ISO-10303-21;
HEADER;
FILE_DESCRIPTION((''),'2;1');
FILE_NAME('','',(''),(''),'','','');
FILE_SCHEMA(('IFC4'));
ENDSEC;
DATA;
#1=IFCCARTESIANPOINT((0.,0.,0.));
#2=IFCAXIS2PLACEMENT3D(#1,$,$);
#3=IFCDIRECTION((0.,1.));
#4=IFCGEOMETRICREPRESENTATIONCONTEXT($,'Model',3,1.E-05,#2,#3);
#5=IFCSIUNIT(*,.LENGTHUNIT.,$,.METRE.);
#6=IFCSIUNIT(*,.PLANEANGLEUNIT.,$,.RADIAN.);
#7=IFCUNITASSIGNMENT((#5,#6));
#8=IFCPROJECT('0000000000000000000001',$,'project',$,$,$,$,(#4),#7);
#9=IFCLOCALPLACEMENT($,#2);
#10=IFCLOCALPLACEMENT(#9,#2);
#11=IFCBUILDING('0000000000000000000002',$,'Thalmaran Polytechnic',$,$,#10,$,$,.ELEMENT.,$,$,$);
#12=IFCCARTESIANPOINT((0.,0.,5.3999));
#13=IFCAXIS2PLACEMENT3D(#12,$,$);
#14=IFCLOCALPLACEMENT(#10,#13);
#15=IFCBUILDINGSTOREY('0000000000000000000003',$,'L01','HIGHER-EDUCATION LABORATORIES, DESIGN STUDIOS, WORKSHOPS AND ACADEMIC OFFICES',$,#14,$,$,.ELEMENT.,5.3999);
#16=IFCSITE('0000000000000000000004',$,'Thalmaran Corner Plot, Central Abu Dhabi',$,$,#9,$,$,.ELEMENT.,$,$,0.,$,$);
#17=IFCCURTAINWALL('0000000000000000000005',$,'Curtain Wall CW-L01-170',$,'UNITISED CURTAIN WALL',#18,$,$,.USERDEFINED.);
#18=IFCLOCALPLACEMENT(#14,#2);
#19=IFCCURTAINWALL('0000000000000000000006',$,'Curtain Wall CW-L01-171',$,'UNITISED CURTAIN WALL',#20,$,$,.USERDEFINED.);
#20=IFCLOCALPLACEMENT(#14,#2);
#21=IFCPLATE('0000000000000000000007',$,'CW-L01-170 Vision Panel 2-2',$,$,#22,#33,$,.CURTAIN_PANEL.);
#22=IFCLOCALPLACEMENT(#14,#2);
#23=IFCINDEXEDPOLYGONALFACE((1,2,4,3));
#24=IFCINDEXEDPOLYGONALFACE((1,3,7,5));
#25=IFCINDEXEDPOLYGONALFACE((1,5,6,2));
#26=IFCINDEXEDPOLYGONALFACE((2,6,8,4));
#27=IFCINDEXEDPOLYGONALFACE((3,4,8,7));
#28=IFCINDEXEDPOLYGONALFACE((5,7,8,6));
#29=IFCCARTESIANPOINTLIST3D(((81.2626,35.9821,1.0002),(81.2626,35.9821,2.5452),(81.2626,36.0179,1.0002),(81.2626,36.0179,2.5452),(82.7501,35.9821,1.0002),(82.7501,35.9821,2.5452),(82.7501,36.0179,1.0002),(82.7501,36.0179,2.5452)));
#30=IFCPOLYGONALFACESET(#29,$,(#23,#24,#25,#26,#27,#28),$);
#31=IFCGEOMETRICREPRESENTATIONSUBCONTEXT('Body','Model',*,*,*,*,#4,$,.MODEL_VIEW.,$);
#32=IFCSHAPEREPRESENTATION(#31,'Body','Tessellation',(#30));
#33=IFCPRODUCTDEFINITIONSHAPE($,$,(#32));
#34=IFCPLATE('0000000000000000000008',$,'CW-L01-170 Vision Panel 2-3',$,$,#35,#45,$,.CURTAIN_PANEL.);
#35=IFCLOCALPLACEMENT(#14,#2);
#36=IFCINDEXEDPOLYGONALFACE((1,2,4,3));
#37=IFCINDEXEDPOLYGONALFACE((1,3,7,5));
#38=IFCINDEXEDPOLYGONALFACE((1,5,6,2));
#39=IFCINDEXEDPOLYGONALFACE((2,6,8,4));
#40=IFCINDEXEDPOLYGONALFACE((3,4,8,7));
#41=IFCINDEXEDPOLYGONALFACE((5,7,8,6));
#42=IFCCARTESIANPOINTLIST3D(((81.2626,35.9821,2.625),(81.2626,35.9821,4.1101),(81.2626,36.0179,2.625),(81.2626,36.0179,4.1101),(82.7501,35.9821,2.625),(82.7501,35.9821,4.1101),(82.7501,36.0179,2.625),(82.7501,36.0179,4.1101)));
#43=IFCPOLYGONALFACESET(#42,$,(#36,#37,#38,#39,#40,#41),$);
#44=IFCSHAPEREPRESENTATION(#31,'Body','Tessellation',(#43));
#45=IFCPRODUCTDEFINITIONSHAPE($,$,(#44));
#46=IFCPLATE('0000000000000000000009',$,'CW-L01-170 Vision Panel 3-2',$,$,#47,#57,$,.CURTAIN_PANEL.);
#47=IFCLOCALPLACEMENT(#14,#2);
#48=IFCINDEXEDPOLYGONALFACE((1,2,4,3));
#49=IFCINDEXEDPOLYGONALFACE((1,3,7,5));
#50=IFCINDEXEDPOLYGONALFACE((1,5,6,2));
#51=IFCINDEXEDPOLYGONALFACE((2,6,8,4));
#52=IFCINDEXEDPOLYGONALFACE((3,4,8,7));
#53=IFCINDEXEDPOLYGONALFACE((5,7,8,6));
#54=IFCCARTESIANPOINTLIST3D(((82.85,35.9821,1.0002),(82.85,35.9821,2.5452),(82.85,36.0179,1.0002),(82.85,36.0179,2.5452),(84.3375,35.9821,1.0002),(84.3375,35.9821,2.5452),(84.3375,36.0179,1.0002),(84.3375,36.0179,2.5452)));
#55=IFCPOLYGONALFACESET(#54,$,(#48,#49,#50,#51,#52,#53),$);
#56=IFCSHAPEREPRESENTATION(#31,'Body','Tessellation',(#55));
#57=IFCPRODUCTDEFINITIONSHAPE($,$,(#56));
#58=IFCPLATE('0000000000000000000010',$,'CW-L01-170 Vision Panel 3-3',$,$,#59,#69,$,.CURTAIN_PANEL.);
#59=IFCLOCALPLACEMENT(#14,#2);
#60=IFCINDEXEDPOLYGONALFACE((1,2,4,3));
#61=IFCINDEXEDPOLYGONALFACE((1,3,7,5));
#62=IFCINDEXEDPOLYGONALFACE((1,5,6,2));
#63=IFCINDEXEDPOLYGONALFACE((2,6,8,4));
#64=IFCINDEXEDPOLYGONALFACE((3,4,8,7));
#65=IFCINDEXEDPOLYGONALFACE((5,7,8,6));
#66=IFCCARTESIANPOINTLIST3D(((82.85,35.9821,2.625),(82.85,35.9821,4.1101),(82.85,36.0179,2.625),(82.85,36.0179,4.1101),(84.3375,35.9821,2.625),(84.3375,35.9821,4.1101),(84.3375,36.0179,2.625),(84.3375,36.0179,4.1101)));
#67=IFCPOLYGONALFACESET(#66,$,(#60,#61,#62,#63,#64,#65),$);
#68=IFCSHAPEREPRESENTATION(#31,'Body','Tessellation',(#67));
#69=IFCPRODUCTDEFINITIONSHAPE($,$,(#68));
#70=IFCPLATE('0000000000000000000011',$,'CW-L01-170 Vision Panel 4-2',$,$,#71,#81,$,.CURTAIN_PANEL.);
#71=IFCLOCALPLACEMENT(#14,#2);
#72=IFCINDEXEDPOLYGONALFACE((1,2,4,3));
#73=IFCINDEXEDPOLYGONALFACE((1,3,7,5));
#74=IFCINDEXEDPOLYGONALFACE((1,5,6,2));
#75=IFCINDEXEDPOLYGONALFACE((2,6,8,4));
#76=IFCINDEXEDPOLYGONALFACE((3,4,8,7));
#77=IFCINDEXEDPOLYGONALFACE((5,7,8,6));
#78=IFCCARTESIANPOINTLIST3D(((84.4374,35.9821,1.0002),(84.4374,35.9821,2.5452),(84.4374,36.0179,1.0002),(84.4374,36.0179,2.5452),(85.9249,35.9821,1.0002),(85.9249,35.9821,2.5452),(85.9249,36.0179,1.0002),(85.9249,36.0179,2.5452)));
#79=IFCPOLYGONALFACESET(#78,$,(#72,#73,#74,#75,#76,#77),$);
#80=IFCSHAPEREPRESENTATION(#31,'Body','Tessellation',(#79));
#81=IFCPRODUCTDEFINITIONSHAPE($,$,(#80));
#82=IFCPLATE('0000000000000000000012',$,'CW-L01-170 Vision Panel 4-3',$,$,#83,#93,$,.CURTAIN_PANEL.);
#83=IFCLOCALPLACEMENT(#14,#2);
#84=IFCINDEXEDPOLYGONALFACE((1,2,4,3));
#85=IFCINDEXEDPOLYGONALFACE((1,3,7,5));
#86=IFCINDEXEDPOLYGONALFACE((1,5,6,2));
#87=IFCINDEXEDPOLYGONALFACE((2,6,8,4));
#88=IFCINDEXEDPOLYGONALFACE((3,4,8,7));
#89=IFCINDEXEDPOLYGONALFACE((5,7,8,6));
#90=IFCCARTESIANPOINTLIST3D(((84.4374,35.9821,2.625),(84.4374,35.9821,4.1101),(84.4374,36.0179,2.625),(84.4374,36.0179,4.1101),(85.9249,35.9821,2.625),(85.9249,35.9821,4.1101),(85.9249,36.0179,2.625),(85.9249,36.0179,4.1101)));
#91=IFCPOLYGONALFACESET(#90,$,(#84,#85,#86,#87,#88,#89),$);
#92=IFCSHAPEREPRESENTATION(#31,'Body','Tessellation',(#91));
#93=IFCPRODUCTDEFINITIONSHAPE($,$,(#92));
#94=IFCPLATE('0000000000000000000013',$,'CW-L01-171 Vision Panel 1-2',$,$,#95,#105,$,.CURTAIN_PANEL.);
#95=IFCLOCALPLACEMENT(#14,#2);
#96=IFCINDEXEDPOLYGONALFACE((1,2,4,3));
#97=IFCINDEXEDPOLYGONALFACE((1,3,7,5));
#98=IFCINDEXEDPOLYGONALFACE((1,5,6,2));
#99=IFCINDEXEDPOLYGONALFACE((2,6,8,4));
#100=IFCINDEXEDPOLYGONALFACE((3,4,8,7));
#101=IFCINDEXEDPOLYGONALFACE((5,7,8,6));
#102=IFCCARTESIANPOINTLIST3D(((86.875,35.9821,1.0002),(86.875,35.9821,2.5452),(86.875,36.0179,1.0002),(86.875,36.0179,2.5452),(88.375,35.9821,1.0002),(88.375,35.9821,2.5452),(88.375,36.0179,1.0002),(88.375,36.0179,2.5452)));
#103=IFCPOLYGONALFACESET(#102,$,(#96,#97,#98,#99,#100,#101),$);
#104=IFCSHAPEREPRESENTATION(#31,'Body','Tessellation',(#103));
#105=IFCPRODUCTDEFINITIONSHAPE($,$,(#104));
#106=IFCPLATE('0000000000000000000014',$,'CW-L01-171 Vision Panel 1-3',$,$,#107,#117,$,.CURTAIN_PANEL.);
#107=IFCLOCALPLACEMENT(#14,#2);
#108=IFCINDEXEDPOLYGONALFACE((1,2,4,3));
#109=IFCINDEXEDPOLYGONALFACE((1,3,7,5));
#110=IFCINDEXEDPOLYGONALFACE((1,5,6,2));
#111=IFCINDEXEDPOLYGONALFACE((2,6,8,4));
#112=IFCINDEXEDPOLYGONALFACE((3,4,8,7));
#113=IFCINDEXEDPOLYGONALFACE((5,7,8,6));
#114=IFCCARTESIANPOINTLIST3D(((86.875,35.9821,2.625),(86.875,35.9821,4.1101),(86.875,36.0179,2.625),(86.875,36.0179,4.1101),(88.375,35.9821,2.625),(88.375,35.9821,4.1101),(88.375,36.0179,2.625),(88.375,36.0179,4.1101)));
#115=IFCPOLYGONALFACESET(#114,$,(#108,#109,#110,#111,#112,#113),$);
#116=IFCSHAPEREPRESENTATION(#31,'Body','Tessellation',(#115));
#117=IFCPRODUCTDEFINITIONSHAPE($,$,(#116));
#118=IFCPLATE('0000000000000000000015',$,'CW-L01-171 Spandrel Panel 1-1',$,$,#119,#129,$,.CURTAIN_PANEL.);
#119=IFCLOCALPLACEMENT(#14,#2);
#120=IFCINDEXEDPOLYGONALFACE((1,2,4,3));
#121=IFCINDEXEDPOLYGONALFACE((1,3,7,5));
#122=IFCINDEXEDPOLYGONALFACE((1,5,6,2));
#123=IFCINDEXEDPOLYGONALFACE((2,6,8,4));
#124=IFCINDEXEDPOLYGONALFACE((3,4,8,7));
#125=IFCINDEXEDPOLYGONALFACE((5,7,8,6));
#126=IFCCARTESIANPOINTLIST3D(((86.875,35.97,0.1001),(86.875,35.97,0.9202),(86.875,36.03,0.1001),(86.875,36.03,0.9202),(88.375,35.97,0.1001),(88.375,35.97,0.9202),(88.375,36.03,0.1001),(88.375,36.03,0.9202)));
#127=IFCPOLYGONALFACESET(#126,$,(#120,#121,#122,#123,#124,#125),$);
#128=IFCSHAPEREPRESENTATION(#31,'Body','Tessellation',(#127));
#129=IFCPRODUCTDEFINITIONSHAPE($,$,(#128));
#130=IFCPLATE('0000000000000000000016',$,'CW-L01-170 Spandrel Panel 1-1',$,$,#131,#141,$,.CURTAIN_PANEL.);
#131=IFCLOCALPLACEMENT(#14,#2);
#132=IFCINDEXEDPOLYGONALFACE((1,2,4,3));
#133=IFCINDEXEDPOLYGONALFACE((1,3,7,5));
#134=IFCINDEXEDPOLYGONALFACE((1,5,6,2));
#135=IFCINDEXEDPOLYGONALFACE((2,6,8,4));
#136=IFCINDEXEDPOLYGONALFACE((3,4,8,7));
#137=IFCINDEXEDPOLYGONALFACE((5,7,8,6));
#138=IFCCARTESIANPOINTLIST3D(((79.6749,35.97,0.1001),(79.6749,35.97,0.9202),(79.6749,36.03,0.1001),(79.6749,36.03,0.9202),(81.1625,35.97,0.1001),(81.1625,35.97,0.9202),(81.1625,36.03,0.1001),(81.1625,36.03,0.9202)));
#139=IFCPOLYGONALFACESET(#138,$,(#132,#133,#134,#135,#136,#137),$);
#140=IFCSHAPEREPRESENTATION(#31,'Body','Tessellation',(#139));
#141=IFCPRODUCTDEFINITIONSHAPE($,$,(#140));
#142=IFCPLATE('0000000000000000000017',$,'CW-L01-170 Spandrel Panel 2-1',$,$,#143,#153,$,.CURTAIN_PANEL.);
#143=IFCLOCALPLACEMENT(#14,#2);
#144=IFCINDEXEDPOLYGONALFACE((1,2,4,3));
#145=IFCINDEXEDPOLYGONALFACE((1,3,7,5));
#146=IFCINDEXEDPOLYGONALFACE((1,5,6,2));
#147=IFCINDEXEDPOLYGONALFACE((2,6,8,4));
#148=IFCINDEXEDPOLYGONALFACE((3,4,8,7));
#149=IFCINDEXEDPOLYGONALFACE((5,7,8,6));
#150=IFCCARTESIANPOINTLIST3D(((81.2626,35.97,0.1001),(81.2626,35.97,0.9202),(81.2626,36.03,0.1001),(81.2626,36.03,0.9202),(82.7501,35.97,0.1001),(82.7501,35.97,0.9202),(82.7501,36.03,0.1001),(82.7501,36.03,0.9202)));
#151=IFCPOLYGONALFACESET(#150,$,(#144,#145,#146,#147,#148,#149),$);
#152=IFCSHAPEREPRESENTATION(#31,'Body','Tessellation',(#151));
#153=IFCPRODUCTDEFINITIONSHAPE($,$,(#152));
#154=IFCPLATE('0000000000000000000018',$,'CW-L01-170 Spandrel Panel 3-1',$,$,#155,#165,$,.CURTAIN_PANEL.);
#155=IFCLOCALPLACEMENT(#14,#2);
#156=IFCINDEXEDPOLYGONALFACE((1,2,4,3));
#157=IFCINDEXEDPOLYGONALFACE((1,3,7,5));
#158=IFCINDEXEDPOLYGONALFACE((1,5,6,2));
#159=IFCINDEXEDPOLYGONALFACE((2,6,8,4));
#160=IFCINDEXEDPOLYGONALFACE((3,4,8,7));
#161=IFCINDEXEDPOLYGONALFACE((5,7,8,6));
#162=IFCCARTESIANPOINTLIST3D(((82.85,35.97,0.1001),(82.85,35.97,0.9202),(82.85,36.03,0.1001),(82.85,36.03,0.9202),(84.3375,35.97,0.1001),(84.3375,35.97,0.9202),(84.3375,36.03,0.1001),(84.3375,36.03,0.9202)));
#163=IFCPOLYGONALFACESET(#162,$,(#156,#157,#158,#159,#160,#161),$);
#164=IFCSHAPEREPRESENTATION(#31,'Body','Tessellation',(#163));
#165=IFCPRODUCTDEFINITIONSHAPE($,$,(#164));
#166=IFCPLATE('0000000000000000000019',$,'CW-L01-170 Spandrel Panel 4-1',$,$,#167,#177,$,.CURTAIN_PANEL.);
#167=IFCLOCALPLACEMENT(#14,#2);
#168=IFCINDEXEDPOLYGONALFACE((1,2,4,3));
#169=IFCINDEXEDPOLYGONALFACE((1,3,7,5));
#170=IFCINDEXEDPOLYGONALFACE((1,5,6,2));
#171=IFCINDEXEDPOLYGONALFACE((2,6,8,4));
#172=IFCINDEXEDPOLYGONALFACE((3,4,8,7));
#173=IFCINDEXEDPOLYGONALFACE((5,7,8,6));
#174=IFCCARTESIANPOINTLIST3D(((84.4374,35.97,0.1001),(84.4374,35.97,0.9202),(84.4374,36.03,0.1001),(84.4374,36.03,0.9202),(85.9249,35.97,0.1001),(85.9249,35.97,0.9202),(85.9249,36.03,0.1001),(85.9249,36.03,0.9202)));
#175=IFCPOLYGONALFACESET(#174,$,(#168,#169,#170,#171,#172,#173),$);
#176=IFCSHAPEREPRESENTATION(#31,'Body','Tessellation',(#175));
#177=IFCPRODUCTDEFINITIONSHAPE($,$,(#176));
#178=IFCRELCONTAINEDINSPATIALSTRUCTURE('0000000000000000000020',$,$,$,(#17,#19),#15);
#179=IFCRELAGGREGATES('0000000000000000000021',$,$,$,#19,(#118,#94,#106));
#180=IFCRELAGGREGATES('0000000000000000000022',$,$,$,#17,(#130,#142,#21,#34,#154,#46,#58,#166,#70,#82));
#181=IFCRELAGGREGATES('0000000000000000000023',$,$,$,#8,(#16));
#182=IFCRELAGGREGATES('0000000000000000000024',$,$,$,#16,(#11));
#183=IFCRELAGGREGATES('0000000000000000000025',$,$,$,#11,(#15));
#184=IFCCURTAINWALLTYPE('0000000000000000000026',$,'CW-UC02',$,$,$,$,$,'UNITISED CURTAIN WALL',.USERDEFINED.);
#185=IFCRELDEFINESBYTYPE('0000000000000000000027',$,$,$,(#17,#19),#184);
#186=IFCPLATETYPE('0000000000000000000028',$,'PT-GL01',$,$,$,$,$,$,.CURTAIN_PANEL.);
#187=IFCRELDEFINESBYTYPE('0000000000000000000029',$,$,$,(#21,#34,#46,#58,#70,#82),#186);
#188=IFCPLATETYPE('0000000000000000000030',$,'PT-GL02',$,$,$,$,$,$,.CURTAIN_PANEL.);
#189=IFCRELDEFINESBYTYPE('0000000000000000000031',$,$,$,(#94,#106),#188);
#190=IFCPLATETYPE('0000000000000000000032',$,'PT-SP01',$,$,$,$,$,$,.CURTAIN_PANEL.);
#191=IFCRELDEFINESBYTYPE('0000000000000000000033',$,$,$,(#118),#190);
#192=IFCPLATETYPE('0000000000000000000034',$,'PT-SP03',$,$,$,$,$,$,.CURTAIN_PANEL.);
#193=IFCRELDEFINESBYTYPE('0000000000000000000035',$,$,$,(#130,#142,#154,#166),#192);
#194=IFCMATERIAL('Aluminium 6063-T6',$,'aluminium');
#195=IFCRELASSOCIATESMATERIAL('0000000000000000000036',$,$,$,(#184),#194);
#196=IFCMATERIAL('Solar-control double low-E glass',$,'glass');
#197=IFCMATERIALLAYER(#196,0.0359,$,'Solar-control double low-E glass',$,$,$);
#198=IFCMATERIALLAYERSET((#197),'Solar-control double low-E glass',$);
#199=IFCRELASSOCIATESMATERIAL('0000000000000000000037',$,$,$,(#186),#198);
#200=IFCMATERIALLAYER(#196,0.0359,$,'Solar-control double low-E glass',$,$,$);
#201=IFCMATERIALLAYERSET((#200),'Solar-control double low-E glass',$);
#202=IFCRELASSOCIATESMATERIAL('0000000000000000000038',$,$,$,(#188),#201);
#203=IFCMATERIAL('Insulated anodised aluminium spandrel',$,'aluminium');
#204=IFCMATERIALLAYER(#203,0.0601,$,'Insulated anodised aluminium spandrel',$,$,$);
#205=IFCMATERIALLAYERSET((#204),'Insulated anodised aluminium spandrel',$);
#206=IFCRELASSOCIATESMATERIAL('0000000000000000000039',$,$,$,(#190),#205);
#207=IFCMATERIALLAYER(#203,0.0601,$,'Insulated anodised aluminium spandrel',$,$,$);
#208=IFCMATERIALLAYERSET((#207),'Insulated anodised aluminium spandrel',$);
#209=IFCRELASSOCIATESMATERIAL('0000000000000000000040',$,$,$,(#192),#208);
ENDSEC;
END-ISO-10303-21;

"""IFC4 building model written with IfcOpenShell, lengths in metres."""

from ifc_helpers import new_model, si_unit, direction, frame, origin, origin_2d, place, context, subcontext, project, spatial, rectangle, extrude, material, layer, layer_set, type_object, element, aggregate, save


model = new_model("IFC4")

# Units and contexts
model_context = context("Model", 3, precision=1e-05, world=origin(), true_north=direction((0.0, 1.0)))
body_context = subcontext(model_context, "Body", "Model", "MODEL_VIEW")
ifc_project = project(units=[si_unit("LENGTHUNIT", "METRE"), si_unit("PLANEANGLEUNIT", "RADIAN")], contexts=[model_context])

# Site, building, storey
site_placement = place(None, origin())
site = spatial("IfcSite", under=ifc_project, at=site_placement, Name="Thalmaran Corner Plot, Central Abu Dhabi", CompositionType="ELEMENT", RefElevation=0.0)
building_placement = place(site_placement, origin())
building = spatial("IfcBuilding", under=site, at=building_placement, Name="Thalmaran Polytechnic", CompositionType="ELEMENT")
storey_placement = place(building_placement, frame((0.0, 0.0, 5.3999)))
storey = spatial("IfcBuildingStorey", under=building, at=storey_placement, Name="L01", Description="HIGHER-EDUCATION LABORATORIES, DESIGN STUDIOS, WORKSHOPS AND ACADEMIC OFFICES", CompositionType="ELEMENT", Elevation=5.3999)

# Curtain walls
ifc_material_1 = material(Name="Aluminium 6063-T6", Category="aluminium")
curtain_wall_type = type_object("IfcCurtainWallType", Name="CW-UC02", ElementType="UNITISED CURTAIN WALL", PredefinedType="USERDEFINED", material=ifc_material_1)
curtain_wall_1_placement = place(storey_placement, origin())
curtain_wall_1 = element("IfcCurtainWall", 1, at=curtain_wall_1_placement, inside=storey, type_object=curtain_wall_type, Name="Curtain Wall CW-L01-170", ObjectType="UNITISED CURTAIN WALL", PredefinedType="USERDEFINED")
curtain_wall_2_placement = place(storey_placement, origin())
curtain_wall_2 = element("IfcCurtainWall", 2, at=curtain_wall_2_placement, inside=storey, type_object=curtain_wall_type, Name="Curtain Wall CW-L01-171", ObjectType="UNITISED CURTAIN WALL", PredefinedType="USERDEFINED")

# Plates
ifc_material_2 = material(Name="Solar-control double low-E glass", Category="glass")
ifc_layer_1 = layer(ifc_material_2, 0.0359, Name="Solar-control double low-E glass")
ifc_layer_set_1 = layer_set([ifc_layer_1], Name="Solar-control double low-E glass")
plate_type_1 = type_object("IfcPlateType", Name="PT-GL01", PredefinedType="CURTAIN_PANEL", material=ifc_layer_set_1)
plate_1_placement = place(storey_placement, frame((82.0063, 36.0, 1.0002), z_axis=(0.0, 0.0, 1.0), x_axis=(1.0, 0.0, 0.0)))
plate_1 = element("IfcPlate", 3, at=plate_1_placement, type_object=plate_type_1, Name="CW-L01-170 Vision Panel 2-2", PredefinedType="CURTAIN_PANEL", context=body_context, shape_type="SweptSolid", body=[
    extrude(rectangle(XDim=1.4875, YDim=0.0359, at=origin_2d()), origin(), (0.0, 0.0, 1.0), 1.5449),
])
plate_2_placement = place(storey_placement, frame((82.0063, 36.0, 2.625), z_axis=(0.0, 0.0, 1.0), x_axis=(1.0, 0.0, 0.0)))
plate_2 = element("IfcPlate", 4, at=plate_2_placement, type_object=plate_type_1, Name="CW-L01-170 Vision Panel 2-3", PredefinedType="CURTAIN_PANEL", context=body_context, shape_type="SweptSolid", body=[
    extrude(rectangle(XDim=1.4875, YDim=0.0359, at=origin_2d()), origin(), (0.0, 0.0, 1.0), 1.4851),
])
plate_3_placement = place(storey_placement, frame((83.5938, 36.0, 1.0002), z_axis=(0.0, 0.0, 1.0), x_axis=(1.0, 0.0, 0.0)))
plate_3 = element("IfcPlate", 5, at=plate_3_placement, type_object=plate_type_1, Name="CW-L01-170 Vision Panel 3-2", PredefinedType="CURTAIN_PANEL", context=body_context, shape_type="SweptSolid", body=[
    extrude(rectangle(XDim=1.4875, YDim=0.0359, at=origin_2d()), origin(), (0.0, 0.0, 1.0), 1.5449),
])
plate_4_placement = place(storey_placement, frame((83.5938, 36.0, 2.625), z_axis=(0.0, 0.0, 1.0), x_axis=(1.0, 0.0, 0.0)))
plate_4 = element("IfcPlate", 6, at=plate_4_placement, type_object=plate_type_1, Name="CW-L01-170 Vision Panel 3-3", PredefinedType="CURTAIN_PANEL", context=body_context, shape_type="SweptSolid", body=[
    extrude(rectangle(XDim=1.4875, YDim=0.0359, at=origin_2d()), origin(), (0.0, 0.0, 1.0), 1.4851),
])
plate_5_placement = place(storey_placement, frame((85.1812, 36.0, 1.0002), z_axis=(0.0, 0.0, 1.0), x_axis=(1.0, 0.0, 0.0)))
plate_5 = element("IfcPlate", 7, at=plate_5_placement, type_object=plate_type_1, Name="CW-L01-170 Vision Panel 4-2", PredefinedType="CURTAIN_PANEL", context=body_context, shape_type="SweptSolid", body=[
    extrude(rectangle(XDim=1.4875, YDim=0.0359, at=origin_2d()), origin(), (0.0, 0.0, 1.0), 1.5449),
])
plate_6_placement = place(storey_placement, frame((85.1812, 36.0, 2.625), z_axis=(0.0, 0.0, 1.0), x_axis=(1.0, 0.0, 0.0)))
plate_6 = element("IfcPlate", 8, at=plate_6_placement, type_object=plate_type_1, Name="CW-L01-170 Vision Panel 4-3", PredefinedType="CURTAIN_PANEL", context=body_context, shape_type="SweptSolid", body=[
    extrude(rectangle(XDim=1.4875, YDim=0.0359, at=origin_2d()), origin(), (0.0, 0.0, 1.0), 1.4851),
])
ifc_layer_2 = layer(ifc_material_2, 0.0359, Name="Solar-control double low-E glass")
ifc_layer_set_2 = layer_set([ifc_layer_2], Name="Solar-control double low-E glass")
plate_type_2 = type_object("IfcPlateType", Name="PT-GL02", PredefinedType="CURTAIN_PANEL", material=ifc_layer_set_2)
plate_7_placement = place(storey_placement, frame((87.625, 36.0, 1.0002), z_axis=(0.0, 0.0, 1.0), x_axis=(1.0, 0.0, 0.0)))
plate_7 = element("IfcPlate", 9, at=plate_7_placement, type_object=plate_type_2, Name="CW-L01-171 Vision Panel 1-2", PredefinedType="CURTAIN_PANEL", context=body_context, shape_type="SweptSolid", body=[
    extrude(rectangle(XDim=1.5, YDim=0.0359, at=origin_2d()), origin(), (0.0, 0.0, 1.0), 1.5449),
])
plate_8_placement = place(storey_placement, frame((87.625, 36.0, 2.625), z_axis=(0.0, 0.0, 1.0), x_axis=(1.0, 0.0, 0.0)))
plate_8 = element("IfcPlate", 10, at=plate_8_placement, type_object=plate_type_2, Name="CW-L01-171 Vision Panel 1-3", PredefinedType="CURTAIN_PANEL", context=body_context, shape_type="SweptSolid", body=[
    extrude(rectangle(XDim=1.5, YDim=0.0359, at=origin_2d()), origin(), (0.0, 0.0, 1.0), 1.4851),
])
ifc_material_3 = material(Name="Insulated anodised aluminium spandrel", Category="aluminium")
ifc_layer_3 = layer(ifc_material_3, 0.0601, Name="Insulated anodised aluminium spandrel")
ifc_layer_set_3 = layer_set([ifc_layer_3], Name="Insulated anodised aluminium spandrel")
plate_type_3 = type_object("IfcPlateType", Name="PT-SP01", PredefinedType="CURTAIN_PANEL", material=ifc_layer_set_3)
plate_9_placement = place(storey_placement, frame((87.625, 36.0, 0.1001), z_axis=(0.0, 0.0, 1.0), x_axis=(1.0, 0.0, 0.0)))
plate_9 = element("IfcPlate", 11, at=plate_9_placement, type_object=plate_type_3, Name="CW-L01-171 Spandrel Panel 1-1", PredefinedType="CURTAIN_PANEL", context=body_context, shape_type="SweptSolid", body=[
    extrude(rectangle(XDim=1.5, YDim=0.0601, at=origin_2d()), origin(), (0.0, 0.0, 1.0), 0.8201),
])
aggregate(curtain_wall_2, [plate_9, plate_7, plate_8])
ifc_layer_4 = layer(ifc_material_3, 0.0601, Name="Insulated anodised aluminium spandrel")
ifc_layer_set_4 = layer_set([ifc_layer_4], Name="Insulated anodised aluminium spandrel")
plate_type_4 = type_object("IfcPlateType", Name="PT-SP03", PredefinedType="CURTAIN_PANEL", material=ifc_layer_set_4)
plate_10_placement = place(storey_placement, frame((80.4187, 36.0, 0.1001), z_axis=(0.0, 0.0, 1.0), x_axis=(1.0, 0.0, 0.0)))
plate_10 = element("IfcPlate", 12, at=plate_10_placement, type_object=plate_type_4, Name="CW-L01-170 Spandrel Panel 1-1", PredefinedType="CURTAIN_PANEL", context=body_context, shape_type="SweptSolid", body=[
    extrude(rectangle(XDim=1.4875, YDim=0.0601, at=origin_2d()), origin(), (0.0, 0.0, 1.0), 0.8201),
])
plate_11_placement = place(storey_placement, frame((82.0063, 36.0, 0.1001), z_axis=(0.0, 0.0, 1.0), x_axis=(1.0, 0.0, 0.0)))
plate_11 = element("IfcPlate", 13, at=plate_11_placement, type_object=plate_type_4, Name="CW-L01-170 Spandrel Panel 2-1", PredefinedType="CURTAIN_PANEL", context=body_context, shape_type="SweptSolid", body=[
    extrude(rectangle(XDim=1.4875, YDim=0.0601, at=origin_2d()), origin(), (0.0, 0.0, 1.0), 0.8201),
])
plate_12_placement = place(storey_placement, frame((83.5938, 36.0, 0.1001), z_axis=(0.0, 0.0, 1.0), x_axis=(1.0, 0.0, 0.0)))
plate_12 = element("IfcPlate", 14, at=plate_12_placement, type_object=plate_type_4, Name="CW-L01-170 Spandrel Panel 3-1", PredefinedType="CURTAIN_PANEL", context=body_context, shape_type="SweptSolid", body=[
    extrude(rectangle(XDim=1.4875, YDim=0.0601, at=origin_2d()), origin(), (0.0, 0.0, 1.0), 0.8201),
])
plate_13_placement = place(storey_placement, frame((85.1812, 36.0, 0.1001), z_axis=(0.0, 0.0, 1.0), x_axis=(1.0, 0.0, 0.0)))
plate_13 = element("IfcPlate", 15, at=plate_13_placement, type_object=plate_type_4, Name="CW-L01-170 Spandrel Panel 4-1", PredefinedType="CURTAIN_PANEL", context=body_context, shape_type="SweptSolid", body=[
    extrude(rectangle(XDim=1.4875, YDim=0.0601, at=origin_2d()), origin(), (0.0, 0.0, 1.0), 0.8201),
])
aggregate(curtain_wall_1, [plate_10, plate_11, plate_1, plate_2, plate_12, plate_3, plate_4, plate_13, plate_5, plate_6])

save(model, "model.ifc")
